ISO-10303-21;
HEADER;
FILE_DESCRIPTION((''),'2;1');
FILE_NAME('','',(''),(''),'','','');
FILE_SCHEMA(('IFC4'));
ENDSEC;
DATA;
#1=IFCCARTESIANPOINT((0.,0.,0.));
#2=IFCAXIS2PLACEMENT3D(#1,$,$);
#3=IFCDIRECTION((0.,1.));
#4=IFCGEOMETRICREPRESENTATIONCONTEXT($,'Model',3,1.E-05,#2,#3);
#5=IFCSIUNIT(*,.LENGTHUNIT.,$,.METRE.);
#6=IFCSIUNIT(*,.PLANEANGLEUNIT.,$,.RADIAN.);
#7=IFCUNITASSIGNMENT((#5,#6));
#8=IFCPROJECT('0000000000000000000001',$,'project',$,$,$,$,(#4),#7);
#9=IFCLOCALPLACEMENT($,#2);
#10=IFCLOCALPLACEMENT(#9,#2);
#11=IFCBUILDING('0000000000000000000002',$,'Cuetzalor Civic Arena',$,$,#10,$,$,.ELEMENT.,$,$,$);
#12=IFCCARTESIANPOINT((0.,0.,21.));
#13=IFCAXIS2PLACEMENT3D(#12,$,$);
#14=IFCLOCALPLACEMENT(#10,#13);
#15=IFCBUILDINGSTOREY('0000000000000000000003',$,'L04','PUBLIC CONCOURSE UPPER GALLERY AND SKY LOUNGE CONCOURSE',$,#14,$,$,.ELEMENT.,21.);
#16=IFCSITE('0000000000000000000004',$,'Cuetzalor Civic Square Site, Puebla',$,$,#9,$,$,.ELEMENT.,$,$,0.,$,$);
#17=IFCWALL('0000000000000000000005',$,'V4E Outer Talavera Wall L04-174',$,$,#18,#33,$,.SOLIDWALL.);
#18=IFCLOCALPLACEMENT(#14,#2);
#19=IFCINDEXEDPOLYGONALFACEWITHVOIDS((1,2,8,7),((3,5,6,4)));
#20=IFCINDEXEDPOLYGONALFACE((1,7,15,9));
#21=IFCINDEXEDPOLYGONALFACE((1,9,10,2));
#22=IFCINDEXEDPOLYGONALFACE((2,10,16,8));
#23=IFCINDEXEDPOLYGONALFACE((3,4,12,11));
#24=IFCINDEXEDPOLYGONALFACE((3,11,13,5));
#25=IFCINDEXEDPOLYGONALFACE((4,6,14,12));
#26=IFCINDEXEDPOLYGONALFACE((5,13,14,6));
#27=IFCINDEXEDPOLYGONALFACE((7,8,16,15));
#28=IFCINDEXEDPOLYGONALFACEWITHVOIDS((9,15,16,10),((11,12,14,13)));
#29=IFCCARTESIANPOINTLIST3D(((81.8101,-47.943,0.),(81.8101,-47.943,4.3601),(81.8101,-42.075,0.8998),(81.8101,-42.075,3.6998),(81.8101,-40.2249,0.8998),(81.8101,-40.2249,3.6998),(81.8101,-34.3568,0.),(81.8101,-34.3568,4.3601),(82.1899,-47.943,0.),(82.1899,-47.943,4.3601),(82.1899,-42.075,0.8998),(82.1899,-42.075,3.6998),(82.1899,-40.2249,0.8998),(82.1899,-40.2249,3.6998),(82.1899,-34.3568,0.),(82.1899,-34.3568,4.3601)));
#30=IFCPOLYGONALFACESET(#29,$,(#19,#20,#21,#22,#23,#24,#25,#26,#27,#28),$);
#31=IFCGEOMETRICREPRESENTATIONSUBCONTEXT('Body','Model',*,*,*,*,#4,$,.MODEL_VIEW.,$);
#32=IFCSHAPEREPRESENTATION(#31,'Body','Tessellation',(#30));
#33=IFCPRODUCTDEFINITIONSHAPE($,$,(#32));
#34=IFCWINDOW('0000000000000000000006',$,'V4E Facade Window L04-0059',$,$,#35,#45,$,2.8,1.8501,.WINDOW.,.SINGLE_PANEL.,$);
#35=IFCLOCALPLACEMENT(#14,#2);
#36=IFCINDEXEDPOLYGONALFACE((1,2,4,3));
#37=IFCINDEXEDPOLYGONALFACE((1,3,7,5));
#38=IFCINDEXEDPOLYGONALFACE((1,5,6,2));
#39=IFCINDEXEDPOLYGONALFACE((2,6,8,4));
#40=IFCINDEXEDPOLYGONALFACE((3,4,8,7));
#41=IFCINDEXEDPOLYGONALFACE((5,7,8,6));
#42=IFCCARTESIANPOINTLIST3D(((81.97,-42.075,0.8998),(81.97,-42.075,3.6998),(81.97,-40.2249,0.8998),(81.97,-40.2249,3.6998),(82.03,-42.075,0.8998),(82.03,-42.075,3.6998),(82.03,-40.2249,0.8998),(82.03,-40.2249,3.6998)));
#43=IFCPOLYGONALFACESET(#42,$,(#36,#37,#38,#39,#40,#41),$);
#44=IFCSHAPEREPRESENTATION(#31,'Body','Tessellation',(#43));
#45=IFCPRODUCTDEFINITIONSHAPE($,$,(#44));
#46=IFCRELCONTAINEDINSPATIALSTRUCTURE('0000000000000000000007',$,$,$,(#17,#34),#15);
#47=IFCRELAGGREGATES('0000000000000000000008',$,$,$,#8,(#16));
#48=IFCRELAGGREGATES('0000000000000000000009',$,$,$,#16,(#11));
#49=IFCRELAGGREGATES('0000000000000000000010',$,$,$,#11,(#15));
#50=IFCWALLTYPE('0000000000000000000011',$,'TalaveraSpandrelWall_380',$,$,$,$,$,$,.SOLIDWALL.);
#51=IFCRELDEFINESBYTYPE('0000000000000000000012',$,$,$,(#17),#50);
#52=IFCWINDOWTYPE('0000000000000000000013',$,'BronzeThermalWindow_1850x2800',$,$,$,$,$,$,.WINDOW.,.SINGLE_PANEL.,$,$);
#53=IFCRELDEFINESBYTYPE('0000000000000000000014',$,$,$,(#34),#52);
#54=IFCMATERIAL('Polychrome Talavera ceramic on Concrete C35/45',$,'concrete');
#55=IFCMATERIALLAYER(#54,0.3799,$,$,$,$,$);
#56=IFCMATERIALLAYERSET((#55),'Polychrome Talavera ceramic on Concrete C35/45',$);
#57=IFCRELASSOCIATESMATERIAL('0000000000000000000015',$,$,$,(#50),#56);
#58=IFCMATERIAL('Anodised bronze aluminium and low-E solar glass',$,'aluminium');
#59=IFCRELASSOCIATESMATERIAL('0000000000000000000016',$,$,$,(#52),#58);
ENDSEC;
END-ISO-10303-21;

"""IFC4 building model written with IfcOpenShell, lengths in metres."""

from ifc_helpers import new_model, si_unit, direction, frame, frame_2d, origin, place, context, subcontext, project, spatial, rectangle, extrude, material, layer, layer_set, type_object, element, fill, save


model = new_model("IFC4")

# Units and contexts
model_context = context("Model", 3, precision=1e-05, world=origin(), true_north=direction((0.0, 1.0)))
body_context = subcontext(model_context, "Body", "Model", "MODEL_VIEW")
ifc_project = project(units=[si_unit("LENGTHUNIT", "METRE"), si_unit("PLANEANGLEUNIT", "RADIAN")], contexts=[model_context])

# Site, building, storey
site_placement = place(None, origin())
site = spatial("IfcSite", under=ifc_project, at=site_placement, Name="Cuetzalor Civic Square Site, Puebla", CompositionType="ELEMENT", RefElevation=0.0)
building_placement = place(site_placement, origin())
building = spatial("IfcBuilding", under=site, at=building_placement, Name="Cuetzalor Civic Arena", CompositionType="ELEMENT")
storey_placement = place(building_placement, frame((0.0, 0.0, 21.0)))
storey = spatial("IfcBuildingStorey", under=building, at=storey_placement, Name="L04", Description="PUBLIC CONCOURSE UPPER GALLERY AND SKY LOUNGE CONCOURSE", CompositionType="ELEMENT", Elevation=21.0)

# Wall, opening, window
ifc_material_1 = material(Name="Polychrome Talavera ceramic on Concrete C35/45", Category="concrete")
ifc_layer_1 = layer(ifc_material_1, 0.3799)
ifc_layer_set_1 = layer_set([ifc_layer_1], Name="Polychrome Talavera ceramic on Concrete C35/45")
wall_type_1 = type_object("IfcWallType", Name="TalaveraSpandrelWall_380", PredefinedType="SOLIDWALL", material=ifc_layer_set_1)
wall_1_placement = place(storey_placement, frame((82.0, -34.3569, 0.0), z_axis=(0.0, 0.0, 1.0), x_axis=(0.0, -1.0, 0.0)))
wall_1 = element("IfcWall", 1, at=wall_1_placement, inside=storey, type_object=wall_type_1, Name="V4E Outer Talavera Wall L04-174", PredefinedType="SOLIDWALL", context=body_context, shape_type="SweptSolid", body=[
    extrude(rectangle(XDim=13.5862, YDim=0.3799, at=frame_2d((6.793, 0.0))), origin(), (0.0, 0.0, 1.0), 4.3601),
])
opening_1_placement = place(wall_1_placement, frame((5.8679, 0.0, 0.8999)))
opening_1 = element("IfcOpeningElement", 2, at=opening_1_placement, cuts=wall_1, PredefinedType="OPENING", context=body_context, shape_type="SweptSolid", body=[
    extrude(rectangle(XDim=1.8501, YDim=2.8, at=frame_2d((0.925, 1.3999))), frame((0.0, 0.2, 0.0), z_axis=(0.0, -1.0, 0.0), x_axis=(1.0, 0.0, 0.0)), (0.0, 0.0, 1.0), 0.3999),
])
ifc_material_2 = material(Name="Anodised bronze aluminium and low-E solar glass", Category="aluminium")
window_type = type_object("IfcWindowType", Name="BronzeThermalWindow_1850x2800", PartitioningType="SINGLE_PANEL", PredefinedType="WINDOW", material=ifc_material_2)
window_placement = place(opening_1_placement, origin())
window = element("IfcWindow", 3, at=window_placement, inside=storey, type_object=window_type, Name="V4E Facade Window L04-0059", OverallHeight=2.8, OverallWidth=1.8501, PartitioningType="SINGLE_PANEL", PredefinedType="WINDOW", context=body_context, shape_type="SweptSolid", body=[
    extrude(rectangle(XDim=1.8501, YDim=2.8, at=frame_2d((0.925, 1.3999))), frame((0.0, 0.03, 0.0), z_axis=(0.0, -1.0, 0.0), x_axis=(1.0, 0.0, 0.0)), (0.0, 0.0, 1.0), 0.0601),
])
fill(opening_1, window)

save(model, "model.ifc")
